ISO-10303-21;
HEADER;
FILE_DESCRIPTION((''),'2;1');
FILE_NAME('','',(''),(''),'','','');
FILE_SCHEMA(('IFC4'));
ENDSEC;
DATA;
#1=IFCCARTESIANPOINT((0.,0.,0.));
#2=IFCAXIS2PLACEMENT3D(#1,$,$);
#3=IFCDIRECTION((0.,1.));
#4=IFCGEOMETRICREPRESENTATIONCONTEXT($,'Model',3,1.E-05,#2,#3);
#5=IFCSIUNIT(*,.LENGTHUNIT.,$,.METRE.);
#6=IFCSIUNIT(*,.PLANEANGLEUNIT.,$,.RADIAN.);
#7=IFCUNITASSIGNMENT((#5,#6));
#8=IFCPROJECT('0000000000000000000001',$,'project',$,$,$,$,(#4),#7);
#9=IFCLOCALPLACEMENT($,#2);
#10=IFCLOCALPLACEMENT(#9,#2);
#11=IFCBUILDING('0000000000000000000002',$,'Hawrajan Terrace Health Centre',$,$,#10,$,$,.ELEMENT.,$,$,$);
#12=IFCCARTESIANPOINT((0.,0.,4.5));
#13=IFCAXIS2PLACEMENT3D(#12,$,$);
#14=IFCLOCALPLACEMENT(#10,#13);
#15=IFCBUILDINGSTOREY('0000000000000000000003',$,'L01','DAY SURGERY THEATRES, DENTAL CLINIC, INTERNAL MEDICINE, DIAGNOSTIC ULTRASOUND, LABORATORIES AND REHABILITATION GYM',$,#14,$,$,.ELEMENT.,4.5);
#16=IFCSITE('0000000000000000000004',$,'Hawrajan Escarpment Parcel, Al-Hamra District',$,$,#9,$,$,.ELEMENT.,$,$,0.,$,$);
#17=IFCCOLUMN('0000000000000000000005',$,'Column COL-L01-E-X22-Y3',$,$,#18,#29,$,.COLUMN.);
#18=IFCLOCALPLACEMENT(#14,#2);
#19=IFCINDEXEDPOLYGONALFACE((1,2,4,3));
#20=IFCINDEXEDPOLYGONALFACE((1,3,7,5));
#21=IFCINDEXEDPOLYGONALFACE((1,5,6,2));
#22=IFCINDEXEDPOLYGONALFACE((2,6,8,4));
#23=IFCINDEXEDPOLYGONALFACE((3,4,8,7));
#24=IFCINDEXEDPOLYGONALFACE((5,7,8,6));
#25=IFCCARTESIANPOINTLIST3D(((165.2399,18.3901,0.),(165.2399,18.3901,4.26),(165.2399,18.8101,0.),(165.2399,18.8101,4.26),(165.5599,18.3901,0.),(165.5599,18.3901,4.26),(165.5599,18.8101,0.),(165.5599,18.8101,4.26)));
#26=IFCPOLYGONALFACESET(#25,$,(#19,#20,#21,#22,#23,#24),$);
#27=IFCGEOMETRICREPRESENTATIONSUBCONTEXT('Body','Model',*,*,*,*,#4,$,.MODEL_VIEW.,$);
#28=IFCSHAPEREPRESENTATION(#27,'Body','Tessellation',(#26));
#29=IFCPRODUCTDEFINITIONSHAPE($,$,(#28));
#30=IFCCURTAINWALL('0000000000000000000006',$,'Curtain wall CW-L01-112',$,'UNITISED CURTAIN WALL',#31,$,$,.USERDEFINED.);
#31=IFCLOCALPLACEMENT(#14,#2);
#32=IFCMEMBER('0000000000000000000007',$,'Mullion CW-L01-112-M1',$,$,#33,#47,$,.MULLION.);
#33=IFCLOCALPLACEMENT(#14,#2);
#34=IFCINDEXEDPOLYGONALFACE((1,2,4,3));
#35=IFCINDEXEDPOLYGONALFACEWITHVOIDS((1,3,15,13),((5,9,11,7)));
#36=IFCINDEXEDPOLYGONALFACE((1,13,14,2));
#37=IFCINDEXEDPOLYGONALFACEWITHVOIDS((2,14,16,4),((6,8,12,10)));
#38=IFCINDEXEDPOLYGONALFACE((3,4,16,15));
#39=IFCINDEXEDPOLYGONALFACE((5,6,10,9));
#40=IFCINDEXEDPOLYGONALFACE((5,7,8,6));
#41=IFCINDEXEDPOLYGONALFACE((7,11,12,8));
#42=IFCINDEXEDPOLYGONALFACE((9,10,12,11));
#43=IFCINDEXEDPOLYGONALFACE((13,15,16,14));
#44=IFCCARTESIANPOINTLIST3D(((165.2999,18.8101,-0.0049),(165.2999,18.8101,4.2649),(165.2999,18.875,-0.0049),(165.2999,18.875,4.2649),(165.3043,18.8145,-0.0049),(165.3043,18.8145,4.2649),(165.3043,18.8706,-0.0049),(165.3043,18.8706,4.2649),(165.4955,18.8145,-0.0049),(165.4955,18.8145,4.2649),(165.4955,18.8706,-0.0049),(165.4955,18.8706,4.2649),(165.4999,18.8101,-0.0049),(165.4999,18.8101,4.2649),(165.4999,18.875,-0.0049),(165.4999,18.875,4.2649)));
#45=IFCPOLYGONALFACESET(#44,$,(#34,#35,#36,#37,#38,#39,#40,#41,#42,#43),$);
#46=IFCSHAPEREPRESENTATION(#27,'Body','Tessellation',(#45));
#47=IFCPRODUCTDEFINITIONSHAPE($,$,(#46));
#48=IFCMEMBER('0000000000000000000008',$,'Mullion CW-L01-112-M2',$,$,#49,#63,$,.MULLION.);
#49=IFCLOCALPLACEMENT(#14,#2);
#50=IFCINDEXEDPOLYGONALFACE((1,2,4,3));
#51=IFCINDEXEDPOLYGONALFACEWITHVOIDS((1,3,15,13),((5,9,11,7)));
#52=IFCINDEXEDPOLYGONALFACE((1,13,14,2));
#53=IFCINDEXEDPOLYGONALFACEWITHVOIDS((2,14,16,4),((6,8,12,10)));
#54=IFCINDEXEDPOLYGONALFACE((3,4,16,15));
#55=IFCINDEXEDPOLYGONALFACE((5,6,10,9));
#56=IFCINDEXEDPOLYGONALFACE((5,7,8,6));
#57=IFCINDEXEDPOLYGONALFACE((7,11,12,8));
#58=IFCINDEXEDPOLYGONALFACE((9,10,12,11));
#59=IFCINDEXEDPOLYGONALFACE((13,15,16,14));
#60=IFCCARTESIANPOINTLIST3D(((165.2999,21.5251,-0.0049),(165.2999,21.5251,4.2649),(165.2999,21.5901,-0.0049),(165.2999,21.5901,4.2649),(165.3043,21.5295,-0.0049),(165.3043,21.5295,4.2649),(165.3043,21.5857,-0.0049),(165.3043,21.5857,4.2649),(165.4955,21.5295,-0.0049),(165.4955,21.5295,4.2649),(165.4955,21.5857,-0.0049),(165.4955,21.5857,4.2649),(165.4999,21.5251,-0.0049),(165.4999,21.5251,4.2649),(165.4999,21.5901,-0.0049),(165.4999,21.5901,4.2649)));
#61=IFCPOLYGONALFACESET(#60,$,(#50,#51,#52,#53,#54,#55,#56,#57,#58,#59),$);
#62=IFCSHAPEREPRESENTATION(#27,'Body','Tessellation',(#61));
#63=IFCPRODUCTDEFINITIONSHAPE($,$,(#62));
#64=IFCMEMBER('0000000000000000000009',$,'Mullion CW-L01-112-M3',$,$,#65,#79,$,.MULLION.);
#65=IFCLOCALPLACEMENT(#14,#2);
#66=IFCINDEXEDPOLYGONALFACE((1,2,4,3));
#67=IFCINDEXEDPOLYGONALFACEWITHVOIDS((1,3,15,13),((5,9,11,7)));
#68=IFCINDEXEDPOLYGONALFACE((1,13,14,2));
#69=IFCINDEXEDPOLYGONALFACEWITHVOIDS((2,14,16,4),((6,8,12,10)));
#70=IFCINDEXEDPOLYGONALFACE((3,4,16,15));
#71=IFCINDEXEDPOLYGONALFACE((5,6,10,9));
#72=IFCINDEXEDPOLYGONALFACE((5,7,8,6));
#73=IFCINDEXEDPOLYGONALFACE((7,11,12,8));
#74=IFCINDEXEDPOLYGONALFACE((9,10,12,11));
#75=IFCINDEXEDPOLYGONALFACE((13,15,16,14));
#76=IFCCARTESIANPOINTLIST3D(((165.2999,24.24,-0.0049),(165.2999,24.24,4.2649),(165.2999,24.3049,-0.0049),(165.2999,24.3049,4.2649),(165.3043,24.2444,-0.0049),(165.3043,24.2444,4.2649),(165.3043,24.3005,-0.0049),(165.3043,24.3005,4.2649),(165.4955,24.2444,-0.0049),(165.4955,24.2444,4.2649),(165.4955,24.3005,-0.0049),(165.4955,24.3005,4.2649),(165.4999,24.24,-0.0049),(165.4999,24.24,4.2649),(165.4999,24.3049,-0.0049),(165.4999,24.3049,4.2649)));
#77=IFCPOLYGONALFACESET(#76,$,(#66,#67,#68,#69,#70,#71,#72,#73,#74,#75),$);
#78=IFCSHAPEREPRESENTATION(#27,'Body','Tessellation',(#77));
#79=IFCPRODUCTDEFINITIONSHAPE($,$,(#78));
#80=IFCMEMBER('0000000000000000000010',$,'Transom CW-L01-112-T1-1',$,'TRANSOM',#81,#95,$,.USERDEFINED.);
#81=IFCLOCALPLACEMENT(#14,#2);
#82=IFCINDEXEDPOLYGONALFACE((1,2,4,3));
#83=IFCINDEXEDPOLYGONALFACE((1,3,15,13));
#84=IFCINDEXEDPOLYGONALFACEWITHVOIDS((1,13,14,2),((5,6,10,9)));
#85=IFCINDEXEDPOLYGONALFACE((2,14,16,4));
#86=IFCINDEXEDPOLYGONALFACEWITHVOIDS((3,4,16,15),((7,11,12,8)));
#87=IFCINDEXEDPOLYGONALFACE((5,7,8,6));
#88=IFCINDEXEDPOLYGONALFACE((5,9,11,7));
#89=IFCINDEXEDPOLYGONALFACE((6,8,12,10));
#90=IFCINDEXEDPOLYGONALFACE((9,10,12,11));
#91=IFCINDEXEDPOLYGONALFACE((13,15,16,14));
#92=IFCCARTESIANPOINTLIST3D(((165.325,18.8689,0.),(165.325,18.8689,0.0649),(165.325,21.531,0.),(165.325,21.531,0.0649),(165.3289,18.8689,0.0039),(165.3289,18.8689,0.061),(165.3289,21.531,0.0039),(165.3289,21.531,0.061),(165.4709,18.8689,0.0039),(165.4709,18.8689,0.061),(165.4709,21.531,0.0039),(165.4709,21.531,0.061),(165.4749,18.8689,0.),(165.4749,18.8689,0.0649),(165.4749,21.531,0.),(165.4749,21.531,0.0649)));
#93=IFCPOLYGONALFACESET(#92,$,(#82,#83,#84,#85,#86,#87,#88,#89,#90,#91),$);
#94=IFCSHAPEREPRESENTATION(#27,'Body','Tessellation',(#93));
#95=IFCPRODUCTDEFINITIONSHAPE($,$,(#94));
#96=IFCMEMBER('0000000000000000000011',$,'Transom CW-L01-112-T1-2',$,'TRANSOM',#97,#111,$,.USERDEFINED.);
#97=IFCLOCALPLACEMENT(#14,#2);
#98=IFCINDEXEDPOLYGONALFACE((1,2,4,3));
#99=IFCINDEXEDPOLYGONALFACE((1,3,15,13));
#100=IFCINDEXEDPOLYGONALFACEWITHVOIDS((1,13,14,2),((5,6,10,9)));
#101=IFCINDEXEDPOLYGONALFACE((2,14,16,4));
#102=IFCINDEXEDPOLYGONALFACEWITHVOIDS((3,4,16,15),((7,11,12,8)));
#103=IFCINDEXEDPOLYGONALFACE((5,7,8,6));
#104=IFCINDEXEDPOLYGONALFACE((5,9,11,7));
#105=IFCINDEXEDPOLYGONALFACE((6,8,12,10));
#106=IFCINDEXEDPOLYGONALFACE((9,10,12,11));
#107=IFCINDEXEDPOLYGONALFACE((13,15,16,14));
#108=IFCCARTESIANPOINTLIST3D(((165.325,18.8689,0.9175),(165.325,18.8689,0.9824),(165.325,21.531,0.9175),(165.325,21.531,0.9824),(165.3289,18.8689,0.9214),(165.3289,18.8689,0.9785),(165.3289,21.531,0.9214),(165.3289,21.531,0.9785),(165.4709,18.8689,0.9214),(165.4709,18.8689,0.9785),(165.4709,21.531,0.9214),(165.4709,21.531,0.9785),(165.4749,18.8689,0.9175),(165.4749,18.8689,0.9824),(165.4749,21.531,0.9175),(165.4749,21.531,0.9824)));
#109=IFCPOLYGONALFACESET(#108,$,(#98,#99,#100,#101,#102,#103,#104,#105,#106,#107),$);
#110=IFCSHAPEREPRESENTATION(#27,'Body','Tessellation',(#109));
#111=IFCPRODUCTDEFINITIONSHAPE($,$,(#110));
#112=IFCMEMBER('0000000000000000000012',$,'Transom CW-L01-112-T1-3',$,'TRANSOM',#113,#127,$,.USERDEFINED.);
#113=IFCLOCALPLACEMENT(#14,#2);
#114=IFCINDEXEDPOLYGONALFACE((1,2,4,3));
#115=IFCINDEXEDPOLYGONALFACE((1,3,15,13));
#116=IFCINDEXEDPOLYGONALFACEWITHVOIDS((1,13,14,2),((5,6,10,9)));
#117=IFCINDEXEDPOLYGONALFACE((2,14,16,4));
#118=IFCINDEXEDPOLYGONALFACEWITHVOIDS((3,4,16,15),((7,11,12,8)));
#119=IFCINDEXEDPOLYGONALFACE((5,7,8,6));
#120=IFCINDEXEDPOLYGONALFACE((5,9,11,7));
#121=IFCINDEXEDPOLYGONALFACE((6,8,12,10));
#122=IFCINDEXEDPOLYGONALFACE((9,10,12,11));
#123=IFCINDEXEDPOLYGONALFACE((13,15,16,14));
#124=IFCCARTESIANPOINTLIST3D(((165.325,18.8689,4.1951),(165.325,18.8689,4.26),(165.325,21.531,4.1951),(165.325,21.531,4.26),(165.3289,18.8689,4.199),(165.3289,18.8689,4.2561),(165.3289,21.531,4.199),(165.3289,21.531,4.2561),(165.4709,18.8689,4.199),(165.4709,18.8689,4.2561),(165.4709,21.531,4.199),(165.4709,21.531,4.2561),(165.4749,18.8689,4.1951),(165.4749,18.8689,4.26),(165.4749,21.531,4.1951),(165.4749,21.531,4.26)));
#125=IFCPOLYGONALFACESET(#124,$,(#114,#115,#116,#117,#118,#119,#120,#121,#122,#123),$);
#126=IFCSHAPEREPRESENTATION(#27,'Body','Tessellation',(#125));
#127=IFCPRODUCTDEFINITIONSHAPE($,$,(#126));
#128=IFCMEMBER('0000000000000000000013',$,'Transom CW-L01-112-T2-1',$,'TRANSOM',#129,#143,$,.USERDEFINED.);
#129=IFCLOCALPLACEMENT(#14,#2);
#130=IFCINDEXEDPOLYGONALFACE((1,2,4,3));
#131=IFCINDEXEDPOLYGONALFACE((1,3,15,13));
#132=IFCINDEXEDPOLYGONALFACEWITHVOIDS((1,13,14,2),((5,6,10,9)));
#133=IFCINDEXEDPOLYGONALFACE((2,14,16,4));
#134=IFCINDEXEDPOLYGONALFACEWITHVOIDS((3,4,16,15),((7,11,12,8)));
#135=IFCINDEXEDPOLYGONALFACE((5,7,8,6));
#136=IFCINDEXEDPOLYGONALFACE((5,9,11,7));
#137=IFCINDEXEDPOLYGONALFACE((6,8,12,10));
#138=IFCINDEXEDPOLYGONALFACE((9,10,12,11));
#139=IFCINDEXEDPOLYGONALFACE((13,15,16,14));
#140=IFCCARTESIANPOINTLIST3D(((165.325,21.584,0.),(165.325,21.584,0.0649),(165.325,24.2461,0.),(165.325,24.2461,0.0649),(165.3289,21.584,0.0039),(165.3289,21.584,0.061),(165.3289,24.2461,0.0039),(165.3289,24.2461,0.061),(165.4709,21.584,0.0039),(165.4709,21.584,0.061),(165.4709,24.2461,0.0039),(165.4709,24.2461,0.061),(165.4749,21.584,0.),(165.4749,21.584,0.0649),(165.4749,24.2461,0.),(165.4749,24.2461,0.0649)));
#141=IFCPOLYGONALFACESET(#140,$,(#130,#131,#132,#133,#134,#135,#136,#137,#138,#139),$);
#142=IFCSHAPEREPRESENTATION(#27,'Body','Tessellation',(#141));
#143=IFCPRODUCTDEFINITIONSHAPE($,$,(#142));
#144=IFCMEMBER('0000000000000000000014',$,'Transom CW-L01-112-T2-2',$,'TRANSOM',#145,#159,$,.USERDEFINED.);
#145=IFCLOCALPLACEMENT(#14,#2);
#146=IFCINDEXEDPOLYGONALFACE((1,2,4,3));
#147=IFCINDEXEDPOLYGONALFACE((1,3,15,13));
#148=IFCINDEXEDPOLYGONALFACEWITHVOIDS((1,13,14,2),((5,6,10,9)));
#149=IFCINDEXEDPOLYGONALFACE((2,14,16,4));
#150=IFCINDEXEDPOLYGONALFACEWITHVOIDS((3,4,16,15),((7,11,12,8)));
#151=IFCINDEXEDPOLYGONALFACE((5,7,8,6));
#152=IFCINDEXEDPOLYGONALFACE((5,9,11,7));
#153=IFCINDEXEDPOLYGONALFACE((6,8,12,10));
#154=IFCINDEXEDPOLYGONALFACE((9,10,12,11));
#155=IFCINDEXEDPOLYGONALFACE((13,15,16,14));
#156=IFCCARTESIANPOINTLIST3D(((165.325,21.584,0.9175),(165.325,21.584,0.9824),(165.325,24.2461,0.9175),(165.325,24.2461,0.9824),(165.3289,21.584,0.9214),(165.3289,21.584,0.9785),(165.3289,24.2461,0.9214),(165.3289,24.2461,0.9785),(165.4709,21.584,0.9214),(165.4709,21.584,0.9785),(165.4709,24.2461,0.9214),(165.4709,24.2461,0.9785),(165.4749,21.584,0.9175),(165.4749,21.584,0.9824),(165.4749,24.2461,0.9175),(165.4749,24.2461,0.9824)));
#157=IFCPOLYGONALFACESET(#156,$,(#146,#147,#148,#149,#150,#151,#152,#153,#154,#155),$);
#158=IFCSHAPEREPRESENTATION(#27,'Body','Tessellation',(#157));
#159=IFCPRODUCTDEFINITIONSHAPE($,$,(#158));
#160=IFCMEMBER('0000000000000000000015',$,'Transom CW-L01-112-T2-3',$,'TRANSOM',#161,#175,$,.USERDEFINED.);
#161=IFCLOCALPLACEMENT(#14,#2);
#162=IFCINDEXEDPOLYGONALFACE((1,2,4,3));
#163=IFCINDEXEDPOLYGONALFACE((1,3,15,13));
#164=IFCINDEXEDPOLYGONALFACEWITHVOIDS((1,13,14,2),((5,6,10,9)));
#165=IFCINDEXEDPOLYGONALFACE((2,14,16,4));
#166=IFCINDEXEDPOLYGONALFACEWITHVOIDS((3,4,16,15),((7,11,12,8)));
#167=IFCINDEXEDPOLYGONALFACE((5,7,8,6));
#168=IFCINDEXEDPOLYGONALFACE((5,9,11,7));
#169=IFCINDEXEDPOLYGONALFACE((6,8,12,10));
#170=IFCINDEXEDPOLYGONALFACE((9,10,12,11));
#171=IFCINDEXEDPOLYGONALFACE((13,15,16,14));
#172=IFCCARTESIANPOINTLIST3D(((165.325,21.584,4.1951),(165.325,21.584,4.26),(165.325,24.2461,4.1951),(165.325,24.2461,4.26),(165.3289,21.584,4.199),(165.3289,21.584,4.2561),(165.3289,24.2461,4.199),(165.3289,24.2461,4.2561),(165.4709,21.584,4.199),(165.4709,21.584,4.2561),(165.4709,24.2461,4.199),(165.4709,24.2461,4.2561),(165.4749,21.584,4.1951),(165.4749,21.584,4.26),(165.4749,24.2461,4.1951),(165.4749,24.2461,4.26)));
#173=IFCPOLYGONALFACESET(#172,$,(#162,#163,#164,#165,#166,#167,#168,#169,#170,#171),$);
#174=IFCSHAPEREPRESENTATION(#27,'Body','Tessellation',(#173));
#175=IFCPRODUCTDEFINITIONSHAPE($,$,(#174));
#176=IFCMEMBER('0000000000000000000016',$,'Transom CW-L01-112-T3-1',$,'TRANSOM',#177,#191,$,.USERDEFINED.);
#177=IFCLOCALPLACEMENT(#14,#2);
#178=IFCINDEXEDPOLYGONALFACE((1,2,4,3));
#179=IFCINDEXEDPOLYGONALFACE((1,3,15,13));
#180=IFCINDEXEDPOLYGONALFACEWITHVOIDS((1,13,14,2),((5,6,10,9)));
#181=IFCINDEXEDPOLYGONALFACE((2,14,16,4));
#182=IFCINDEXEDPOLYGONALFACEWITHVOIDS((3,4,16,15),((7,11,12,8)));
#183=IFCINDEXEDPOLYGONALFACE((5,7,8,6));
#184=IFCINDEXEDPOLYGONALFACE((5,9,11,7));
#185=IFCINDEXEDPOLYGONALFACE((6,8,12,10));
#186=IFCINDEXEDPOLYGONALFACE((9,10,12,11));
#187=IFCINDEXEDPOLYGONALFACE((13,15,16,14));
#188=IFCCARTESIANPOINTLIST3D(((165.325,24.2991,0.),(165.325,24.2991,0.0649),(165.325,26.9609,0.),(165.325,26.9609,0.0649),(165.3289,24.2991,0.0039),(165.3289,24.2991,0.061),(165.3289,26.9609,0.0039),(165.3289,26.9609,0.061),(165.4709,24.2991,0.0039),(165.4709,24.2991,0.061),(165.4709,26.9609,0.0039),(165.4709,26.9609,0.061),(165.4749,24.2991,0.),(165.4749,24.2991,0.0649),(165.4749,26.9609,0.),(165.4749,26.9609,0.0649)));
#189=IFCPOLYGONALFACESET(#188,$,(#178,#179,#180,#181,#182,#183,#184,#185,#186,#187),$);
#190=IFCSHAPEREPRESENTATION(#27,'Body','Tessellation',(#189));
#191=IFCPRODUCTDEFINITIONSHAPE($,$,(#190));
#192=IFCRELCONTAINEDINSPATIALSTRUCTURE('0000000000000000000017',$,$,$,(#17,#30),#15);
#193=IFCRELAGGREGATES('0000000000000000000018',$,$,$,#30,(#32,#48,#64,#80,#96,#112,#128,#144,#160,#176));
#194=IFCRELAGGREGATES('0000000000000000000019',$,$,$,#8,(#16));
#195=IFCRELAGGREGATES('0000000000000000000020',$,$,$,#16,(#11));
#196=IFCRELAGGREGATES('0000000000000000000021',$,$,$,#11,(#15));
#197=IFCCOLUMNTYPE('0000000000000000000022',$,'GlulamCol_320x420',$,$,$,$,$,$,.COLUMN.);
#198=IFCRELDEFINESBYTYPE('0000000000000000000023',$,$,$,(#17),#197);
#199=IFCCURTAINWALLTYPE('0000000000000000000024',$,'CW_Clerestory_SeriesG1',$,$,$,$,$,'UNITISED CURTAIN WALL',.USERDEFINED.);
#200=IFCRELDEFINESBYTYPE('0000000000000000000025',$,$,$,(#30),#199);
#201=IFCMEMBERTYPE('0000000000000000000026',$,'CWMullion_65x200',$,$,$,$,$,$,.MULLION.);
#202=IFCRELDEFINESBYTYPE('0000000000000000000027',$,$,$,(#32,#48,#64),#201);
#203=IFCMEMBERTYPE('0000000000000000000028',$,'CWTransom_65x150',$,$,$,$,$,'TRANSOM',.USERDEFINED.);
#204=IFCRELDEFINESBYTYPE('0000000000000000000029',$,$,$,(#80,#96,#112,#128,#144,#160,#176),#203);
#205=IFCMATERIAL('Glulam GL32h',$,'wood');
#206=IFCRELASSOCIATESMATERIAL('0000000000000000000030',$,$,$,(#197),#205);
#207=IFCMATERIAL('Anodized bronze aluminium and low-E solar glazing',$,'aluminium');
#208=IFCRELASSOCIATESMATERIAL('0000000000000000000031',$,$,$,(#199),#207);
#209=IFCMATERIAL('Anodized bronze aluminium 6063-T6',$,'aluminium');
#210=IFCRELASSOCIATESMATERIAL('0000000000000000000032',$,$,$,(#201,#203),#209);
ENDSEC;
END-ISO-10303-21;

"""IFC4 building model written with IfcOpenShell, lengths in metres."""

from ifc_helpers import new_model, si_unit, direction, frame, origin, origin_2d, place, context, subcontext, project, spatial, rectangle, hollow_rectangle, extrude, material, material_profile, profile_set, type_object, element, aggregate, save


model = new_model("IFC4")

# Units and contexts
model_context = context("Model", 3, precision=1e-05, world=origin(), true_north=direction((0.0, 1.0)))
body_context = subcontext(model_context, "Body", "Model", "MODEL_VIEW")
ifc_project = project(units=[si_unit("LENGTHUNIT", "METRE"), si_unit("PLANEANGLEUNIT", "RADIAN")], contexts=[model_context])

# Site, building, storey
site_placement = place(None, origin())
site = spatial("IfcSite", under=ifc_project, at=site_placement, Name="Hawrajan Escarpment Parcel, Al-Hamra District", CompositionType="ELEMENT", RefElevation=0.0)
building_placement = place(site_placement, origin())
building = spatial("IfcBuilding", under=site, at=building_placement, Name="Hawrajan Terrace Health Centre", CompositionType="ELEMENT")
storey_placement = place(building_placement, frame((0.0, 0.0, 4.5)))
storey = spatial("IfcBuildingStorey", under=building, at=storey_placement, Name="L01", Description="DAY SURGERY THEATRES, DENTAL CLINIC, INTERNAL MEDICINE, DIAGNOSTIC ULTRASOUND, LABORATORIES AND REHABILITATION GYM", CompositionType="ELEMENT", Elevation=4.5)

# Column
ifc_material_1 = material(Name="Glulam GL32h", Category="wood")
ifc_material_profile_1 = material_profile(ifc_material_1, rectangle(XDim=0.3201, YDim=0.4199, at=origin_2d()), Name="GL 320x420")
ifc_profile_set_1 = profile_set([ifc_material_profile_1], Name="Glulam GL32h")
column_type = type_object("IfcColumnType", Name="GlulamCol_320x420", PredefinedType="COLUMN", material=ifc_profile_set_1)
column_placement = place(storey_placement, frame((165.3999, 18.6001, 0.0), z_axis=(0.0, 0.0, 1.0), x_axis=(1.0, 0.0, 0.0)))
element("IfcColumn", 1, at=column_placement, inside=storey, type_object=column_type, Name="Column COL-L01-E-X22-Y3", PredefinedType="COLUMN", context=body_context, shape_type="SweptSolid", body=[
    extrude(rectangle(XDim=0.3201, YDim=0.4199, at=origin_2d()), origin(), (0.0, 0.0, 1.0), 4.26),
])

# Curtain wall, members
ifc_material_2 = material(Name="Anodized bronze aluminium and low-E solar glazing", Category="aluminium")
curtain_wall_type = type_object("IfcCurtainWallType", Name="CW_Clerestory_SeriesG1", ElementType="UNITISED CURTAIN WALL", PredefinedType="USERDEFINED", material=ifc_material_2)
curtain_wall_placement = place(storey_placement, origin())
curtain_wall = element("IfcCurtainWall", 2, at=curtain_wall_placement, inside=storey, type_object=curtain_wall_type, Name="Curtain wall CW-L01-112", ObjectType="UNITISED CURTAIN WALL", PredefinedType="USERDEFINED")
ifc_material_3 = material(Name="Anodized bronze aluminium 6063-T6", Category="aluminium")
ifc_material_profile_2 = material_profile(ifc_material_3, hollow_rectangle(XDim=0.0649, YDim=0.2, WallThickness=0.0044, at=origin_2d()), Name="CW MUL 65x200")
ifc_profile_set_2 = profile_set([ifc_material_profile_2], Name="Anodized bronze aluminium 6063-T6")
member_type_1 = type_object("IfcMemberType", Name="CWMullion_65x200", PredefinedType="MULLION", material=ifc_profile_set_2)
member_1_placement = place(storey_placement, frame((165.3999, 18.8425, -0.0049), z_axis=(0.0, 0.0, 1.0), x_axis=(0.0, 1.0, 0.0)))
member_1 = element("IfcMember", 3, at=member_1_placement, type_object=member_type_1, Name="Mullion CW-L01-112-M1", PredefinedType="MULLION", context=body_context, shape_type="SweptSolid", body=[
    extrude(hollow_rectangle(XDim=0.0649, YDim=0.2, WallThickness=0.0044, at=origin_2d()), origin(), (0.0, 0.0, 1.0), 4.2698),
])
member_2_placement = place(storey_placement, frame((165.3999, 21.5576, -0.0049), z_axis=(0.0, 0.0, 1.0), x_axis=(0.0, 1.0, 0.0)))
member_2 = element("IfcMember", 4, at=member_2_placement, type_object=member_type_1, Name="Mullion CW-L01-112-M2", PredefinedType="MULLION", context=body_context, shape_type="SweptSolid", body=[
    extrude(hollow_rectangle(XDim=0.0649, YDim=0.2, WallThickness=0.0044, at=origin_2d()), origin(), (0.0, 0.0, 1.0), 4.2698),
])
member_3_placement = place(storey_placement, frame((165.3999, 24.2725, -0.0049), z_axis=(0.0, 0.0, 1.0), x_axis=(0.0, 1.0, 0.0)))
member_3 = element("IfcMember", 5, at=member_3_placement, type_object=member_type_1, Name="Mullion CW-L01-112-M3", PredefinedType="MULLION", context=body_context, shape_type="SweptSolid", body=[
    extrude(hollow_rectangle(XDim=0.0649, YDim=0.2, WallThickness=0.0044, at=origin_2d()), origin(), (0.0, 0.0, 1.0), 4.2698),
])
ifc_material_profile_3 = material_profile(ifc_material_3, hollow_rectangle(XDim=0.0649, YDim=0.1499, WallThickness=0.0039, at=origin_2d()), Name="CW TRN 65x150")
ifc_profile_set_3 = profile_set([ifc_material_profile_3], Name="Anodized bronze aluminium 6063-T6")
member_type_2 = type_object("IfcMemberType", Name="CWTransom_65x150", ElementType="TRANSOM", PredefinedType="USERDEFINED", material=ifc_profile_set_3)
member_4_placement = place(storey_placement, frame((165.3999, 18.8689, 0.0325), z_axis=(0.0, 1.0, 0.0), x_axis=(0.0, 0.0, 1.0)))
member_4 = element("IfcMember", 6, at=member_4_placement, type_object=member_type_2, Name="Transom CW-L01-112-T1-1", ObjectType="TRANSOM", PredefinedType="USERDEFINED", context=body_context, shape_type="SweptSolid", body=[
    extrude(hollow_rectangle(XDim=0.0649, YDim=0.1499, WallThickness=0.0039, at=origin_2d()), origin(), (0.0, 0.0, 1.0), 2.6621),
])
member_5_placement = place(storey_placement, frame((165.3999, 18.8689, 0.95), z_axis=(0.0, 1.0, 0.0), x_axis=(0.0, 0.0, 1.0)))
member_5 = element("IfcMember", 7, at=member_5_placement, type_object=member_type_2, Name="Transom CW-L01-112-T1-2", ObjectType="TRANSOM", PredefinedType="USERDEFINED", context=body_context, shape_type="SweptSolid", body=[
    extrude(hollow_rectangle(XDim=0.0649, YDim=0.1499, WallThickness=0.0039, at=origin_2d()), origin(), (0.0, 0.0, 1.0), 2.6621),
])
member_6_placement = place(storey_placement, frame((165.3999, 18.8689, 4.2275), z_axis=(0.0, 1.0, 0.0), x_axis=(0.0, 0.0, 1.0)))
member_6 = element("IfcMember", 8, at=member_6_placement, type_object=member_type_2, Name="Transom CW-L01-112-T1-3", ObjectType="TRANSOM", PredefinedType="USERDEFINED", context=body_context, shape_type="SweptSolid", body=[
    extrude(hollow_rectangle(XDim=0.0649, YDim=0.1499, WallThickness=0.0039, at=origin_2d()), origin(), (0.0, 0.0, 1.0), 2.6621),
])
member_7_placement = place(storey_placement, frame((165.3999, 21.584, 0.0325), z_axis=(0.0, 1.0, 0.0), x_axis=(0.0, 0.0, 1.0)))
member_7 = element("IfcMember", 9, at=member_7_placement, type_object=member_type_2, Name="Transom CW-L01-112-T2-1", ObjectType="TRANSOM", PredefinedType="USERDEFINED", context=body_context, shape_type="SweptSolid", body=[
    extrude(hollow_rectangle(XDim=0.0649, YDim=0.1499, WallThickness=0.0039, at=origin_2d()), origin(), (0.0, 0.0, 1.0), 2.6621),
])
member_8_placement = place(storey_placement, frame((165.3999, 21.584, 0.95), z_axis=(0.0, 1.0, 0.0), x_axis=(0.0, 0.0, 1.0)))
member_8 = element("IfcMember", 10, at=member_8_placement, type_object=member_type_2, Name="Transom CW-L01-112-T2-2", ObjectType="TRANSOM", PredefinedType="USERDEFINED", context=body_context, shape_type="SweptSolid", body=[
    extrude(hollow_rectangle(XDim=0.0649, YDim=0.1499, WallThickness=0.0039, at=origin_2d()), origin(), (0.0, 0.0, 1.0), 2.6621),
])
member_9_placement = place(storey_placement, frame((165.3999, 21.584, 4.2275), z_axis=(0.0, 1.0, 0.0), x_axis=(0.0, 0.0, 1.0)))
member_9 = element("IfcMember", 11, at=member_9_placement, type_object=member_type_2, Name="Transom CW-L01-112-T2-3", ObjectType="TRANSOM", PredefinedType="USERDEFINED", context=body_context, shape_type="SweptSolid", body=[
    extrude(hollow_rectangle(XDim=0.0649, YDim=0.1499, WallThickness=0.0039, at=origin_2d()), origin(), (0.0, 0.0, 1.0), 2.6621),
])
member_10_placement = place(storey_placement, frame((165.3999, 24.2991, 0.0325), z_axis=(0.0, 1.0, 0.0), x_axis=(0.0, 0.0, 1.0)))
member_10 = element("IfcMember", 12, at=member_10_placement, type_object=member_type_2, Name="Transom CW-L01-112-T3-1", ObjectType="TRANSOM", PredefinedType="USERDEFINED", context=body_context, shape_type="SweptSolid", body=[
    extrude(hollow_rectangle(XDim=0.0649, YDim=0.1499, WallThickness=0.0039, at=origin_2d()), origin(), (0.0, 0.0, 1.0), 2.6619),
])

aggregate(curtain_wall, [member_1, member_2, member_3, member_4, member_5, member_6, member_7, member_8, member_9, member_10])

save(model, "model.ifc")
